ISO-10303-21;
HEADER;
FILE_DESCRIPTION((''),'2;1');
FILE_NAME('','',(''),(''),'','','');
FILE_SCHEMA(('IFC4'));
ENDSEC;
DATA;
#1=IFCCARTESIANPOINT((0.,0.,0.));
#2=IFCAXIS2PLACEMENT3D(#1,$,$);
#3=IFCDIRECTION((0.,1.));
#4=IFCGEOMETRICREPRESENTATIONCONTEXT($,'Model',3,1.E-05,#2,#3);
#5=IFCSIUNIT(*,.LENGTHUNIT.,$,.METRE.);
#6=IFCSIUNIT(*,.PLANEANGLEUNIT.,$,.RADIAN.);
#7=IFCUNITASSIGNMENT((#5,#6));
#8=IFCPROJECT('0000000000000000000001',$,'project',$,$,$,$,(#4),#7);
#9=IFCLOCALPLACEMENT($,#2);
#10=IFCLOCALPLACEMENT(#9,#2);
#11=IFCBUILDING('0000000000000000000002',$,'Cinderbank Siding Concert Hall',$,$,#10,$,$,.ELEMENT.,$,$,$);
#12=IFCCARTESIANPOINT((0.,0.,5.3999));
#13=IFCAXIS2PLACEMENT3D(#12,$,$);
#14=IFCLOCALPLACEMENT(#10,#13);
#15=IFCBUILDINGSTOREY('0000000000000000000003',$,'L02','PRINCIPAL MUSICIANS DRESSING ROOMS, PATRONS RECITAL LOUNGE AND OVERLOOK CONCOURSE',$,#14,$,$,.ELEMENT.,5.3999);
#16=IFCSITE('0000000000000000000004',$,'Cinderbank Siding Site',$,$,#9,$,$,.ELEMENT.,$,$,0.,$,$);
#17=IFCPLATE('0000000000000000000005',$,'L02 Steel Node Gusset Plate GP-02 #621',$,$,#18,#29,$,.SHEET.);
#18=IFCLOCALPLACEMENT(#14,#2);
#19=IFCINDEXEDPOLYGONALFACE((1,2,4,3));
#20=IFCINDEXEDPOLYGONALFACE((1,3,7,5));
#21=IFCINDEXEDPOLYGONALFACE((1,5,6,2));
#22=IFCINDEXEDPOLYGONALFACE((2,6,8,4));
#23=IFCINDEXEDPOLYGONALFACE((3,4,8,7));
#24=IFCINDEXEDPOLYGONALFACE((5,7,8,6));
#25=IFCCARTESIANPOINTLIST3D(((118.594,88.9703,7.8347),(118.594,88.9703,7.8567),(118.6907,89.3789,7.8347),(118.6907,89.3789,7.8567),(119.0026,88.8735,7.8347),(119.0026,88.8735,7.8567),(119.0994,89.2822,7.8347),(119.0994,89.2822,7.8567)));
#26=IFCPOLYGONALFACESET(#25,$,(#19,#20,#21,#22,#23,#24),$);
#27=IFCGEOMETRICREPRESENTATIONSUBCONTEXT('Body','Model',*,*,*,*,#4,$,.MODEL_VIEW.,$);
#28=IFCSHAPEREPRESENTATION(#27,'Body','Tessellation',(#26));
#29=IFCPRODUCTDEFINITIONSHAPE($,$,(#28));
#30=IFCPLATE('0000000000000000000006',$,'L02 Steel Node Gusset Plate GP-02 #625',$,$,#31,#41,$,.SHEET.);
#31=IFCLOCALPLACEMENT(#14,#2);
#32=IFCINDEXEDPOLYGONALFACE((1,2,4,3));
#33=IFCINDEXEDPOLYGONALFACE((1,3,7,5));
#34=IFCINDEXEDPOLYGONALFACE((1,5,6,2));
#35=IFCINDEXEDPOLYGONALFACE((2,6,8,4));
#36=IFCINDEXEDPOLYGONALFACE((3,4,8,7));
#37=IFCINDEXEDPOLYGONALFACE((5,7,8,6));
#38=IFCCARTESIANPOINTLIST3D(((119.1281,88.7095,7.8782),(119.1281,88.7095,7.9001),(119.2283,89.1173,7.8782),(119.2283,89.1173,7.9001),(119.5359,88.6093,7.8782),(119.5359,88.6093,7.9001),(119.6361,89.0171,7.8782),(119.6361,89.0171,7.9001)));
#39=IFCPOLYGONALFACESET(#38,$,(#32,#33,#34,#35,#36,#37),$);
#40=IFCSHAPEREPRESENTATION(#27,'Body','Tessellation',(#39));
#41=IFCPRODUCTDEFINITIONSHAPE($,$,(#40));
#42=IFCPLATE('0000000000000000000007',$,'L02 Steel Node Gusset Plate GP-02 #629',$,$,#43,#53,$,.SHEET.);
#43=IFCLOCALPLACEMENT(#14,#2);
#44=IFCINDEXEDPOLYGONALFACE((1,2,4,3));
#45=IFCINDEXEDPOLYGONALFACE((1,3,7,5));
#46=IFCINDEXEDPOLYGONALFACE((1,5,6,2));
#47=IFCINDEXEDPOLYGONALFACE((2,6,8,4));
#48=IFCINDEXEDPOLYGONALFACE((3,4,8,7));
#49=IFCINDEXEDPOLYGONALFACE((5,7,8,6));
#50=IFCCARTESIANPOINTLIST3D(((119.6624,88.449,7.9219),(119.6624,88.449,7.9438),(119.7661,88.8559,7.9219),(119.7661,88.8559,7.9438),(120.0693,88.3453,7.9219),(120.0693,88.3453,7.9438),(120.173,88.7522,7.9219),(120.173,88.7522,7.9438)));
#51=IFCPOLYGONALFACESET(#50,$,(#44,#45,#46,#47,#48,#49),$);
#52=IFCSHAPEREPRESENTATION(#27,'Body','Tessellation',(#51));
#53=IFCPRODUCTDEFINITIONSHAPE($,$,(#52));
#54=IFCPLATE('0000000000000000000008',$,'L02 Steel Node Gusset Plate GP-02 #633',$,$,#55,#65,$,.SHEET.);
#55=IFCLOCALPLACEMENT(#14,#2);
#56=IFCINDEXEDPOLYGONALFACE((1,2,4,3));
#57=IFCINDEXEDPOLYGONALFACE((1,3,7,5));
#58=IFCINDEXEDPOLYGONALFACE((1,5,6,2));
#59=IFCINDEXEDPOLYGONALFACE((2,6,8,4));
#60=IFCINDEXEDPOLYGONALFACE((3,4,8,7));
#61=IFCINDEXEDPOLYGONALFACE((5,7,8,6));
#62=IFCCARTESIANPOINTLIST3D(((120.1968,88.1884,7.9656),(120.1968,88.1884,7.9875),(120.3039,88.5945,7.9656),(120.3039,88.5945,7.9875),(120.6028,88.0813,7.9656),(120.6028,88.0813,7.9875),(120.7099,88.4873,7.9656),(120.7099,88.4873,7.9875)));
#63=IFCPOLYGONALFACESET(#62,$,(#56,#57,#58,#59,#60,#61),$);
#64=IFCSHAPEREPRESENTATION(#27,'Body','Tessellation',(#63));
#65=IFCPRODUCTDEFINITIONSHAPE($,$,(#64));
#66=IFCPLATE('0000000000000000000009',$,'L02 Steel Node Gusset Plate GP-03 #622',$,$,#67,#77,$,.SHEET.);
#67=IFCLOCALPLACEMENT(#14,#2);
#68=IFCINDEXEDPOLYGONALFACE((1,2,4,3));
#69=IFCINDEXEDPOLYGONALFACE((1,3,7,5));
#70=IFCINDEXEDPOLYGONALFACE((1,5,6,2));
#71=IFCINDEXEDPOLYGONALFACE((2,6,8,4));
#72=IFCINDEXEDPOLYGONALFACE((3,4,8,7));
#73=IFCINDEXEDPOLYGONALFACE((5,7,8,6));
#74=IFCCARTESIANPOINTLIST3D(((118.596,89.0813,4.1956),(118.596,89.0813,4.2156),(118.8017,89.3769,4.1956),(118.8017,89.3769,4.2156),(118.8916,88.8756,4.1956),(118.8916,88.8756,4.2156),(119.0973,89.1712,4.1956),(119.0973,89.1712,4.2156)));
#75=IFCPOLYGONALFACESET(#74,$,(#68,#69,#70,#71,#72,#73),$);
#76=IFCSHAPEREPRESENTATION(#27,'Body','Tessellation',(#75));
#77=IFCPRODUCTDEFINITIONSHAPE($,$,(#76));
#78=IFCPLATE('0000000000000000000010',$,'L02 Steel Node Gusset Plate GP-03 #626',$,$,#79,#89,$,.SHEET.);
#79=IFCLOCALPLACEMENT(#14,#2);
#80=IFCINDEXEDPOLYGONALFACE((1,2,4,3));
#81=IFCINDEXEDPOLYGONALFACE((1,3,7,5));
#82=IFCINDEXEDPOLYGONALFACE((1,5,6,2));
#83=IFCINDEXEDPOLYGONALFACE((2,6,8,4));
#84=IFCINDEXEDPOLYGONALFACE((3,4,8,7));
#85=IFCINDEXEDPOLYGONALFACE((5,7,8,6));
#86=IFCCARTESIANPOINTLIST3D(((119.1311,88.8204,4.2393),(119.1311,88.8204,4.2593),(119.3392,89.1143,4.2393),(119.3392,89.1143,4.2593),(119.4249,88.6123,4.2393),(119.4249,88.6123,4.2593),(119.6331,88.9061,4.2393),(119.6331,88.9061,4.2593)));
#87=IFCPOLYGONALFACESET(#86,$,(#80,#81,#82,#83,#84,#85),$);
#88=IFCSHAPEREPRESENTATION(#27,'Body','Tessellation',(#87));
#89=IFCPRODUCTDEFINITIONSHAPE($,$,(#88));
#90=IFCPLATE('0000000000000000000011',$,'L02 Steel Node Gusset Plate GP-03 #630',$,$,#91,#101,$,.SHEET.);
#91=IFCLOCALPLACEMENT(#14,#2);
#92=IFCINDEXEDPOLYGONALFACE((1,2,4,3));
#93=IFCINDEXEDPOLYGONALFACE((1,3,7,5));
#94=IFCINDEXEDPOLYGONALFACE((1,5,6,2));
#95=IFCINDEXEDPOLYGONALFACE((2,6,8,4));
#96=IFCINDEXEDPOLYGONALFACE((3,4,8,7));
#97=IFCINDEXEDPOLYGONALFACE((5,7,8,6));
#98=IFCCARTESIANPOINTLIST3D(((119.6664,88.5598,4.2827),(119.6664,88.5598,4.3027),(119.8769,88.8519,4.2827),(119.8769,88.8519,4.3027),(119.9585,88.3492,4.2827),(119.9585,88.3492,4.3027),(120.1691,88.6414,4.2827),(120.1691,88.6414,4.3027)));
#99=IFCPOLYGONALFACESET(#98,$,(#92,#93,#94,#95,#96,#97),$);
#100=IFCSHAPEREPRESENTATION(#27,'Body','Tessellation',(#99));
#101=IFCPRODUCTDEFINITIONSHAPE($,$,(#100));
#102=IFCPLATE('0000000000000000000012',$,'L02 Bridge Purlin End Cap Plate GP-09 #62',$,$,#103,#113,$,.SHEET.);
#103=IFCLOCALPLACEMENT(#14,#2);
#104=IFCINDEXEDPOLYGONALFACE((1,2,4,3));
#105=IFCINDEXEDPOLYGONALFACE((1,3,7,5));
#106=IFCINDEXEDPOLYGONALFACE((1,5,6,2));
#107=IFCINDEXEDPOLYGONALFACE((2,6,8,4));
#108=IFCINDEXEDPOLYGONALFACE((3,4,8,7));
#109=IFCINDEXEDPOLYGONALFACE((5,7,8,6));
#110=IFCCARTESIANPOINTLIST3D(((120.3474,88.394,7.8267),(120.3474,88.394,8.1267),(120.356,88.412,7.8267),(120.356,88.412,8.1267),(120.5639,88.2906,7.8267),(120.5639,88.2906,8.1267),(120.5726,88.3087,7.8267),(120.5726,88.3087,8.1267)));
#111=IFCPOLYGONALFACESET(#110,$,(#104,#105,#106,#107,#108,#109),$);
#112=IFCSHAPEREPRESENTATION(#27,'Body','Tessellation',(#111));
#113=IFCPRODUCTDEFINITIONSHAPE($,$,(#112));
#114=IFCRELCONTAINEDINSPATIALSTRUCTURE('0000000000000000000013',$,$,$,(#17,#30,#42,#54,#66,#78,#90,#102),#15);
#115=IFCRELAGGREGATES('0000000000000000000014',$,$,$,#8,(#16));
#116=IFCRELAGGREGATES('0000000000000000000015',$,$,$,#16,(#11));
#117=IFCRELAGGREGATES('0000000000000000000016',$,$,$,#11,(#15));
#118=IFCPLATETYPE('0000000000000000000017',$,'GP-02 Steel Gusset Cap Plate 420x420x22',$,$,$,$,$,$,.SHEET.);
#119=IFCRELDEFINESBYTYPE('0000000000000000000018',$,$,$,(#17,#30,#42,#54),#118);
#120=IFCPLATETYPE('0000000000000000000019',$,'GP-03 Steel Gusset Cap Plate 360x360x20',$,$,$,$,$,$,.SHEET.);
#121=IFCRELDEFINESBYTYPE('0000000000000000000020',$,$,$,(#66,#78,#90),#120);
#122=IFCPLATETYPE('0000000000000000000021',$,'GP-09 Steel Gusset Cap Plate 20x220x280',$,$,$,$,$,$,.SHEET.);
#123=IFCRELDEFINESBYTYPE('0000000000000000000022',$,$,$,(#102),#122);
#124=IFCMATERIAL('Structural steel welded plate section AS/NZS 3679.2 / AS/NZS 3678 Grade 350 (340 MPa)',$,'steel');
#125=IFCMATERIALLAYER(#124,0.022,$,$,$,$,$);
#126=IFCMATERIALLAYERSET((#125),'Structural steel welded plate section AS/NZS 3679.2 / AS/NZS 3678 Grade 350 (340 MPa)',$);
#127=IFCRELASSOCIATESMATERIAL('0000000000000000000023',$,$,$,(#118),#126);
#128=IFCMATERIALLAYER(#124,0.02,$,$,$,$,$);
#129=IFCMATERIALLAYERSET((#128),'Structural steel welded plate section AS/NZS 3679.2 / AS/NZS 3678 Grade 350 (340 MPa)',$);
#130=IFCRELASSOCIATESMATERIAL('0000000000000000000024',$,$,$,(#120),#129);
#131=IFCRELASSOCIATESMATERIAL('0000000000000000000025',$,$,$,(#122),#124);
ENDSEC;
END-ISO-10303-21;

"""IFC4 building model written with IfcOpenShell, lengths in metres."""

from ifc_helpers import new_model, si_unit, direction, frame, origin, origin_2d, place, context, subcontext, project, spatial, rectangle, extrude, material, layer, layer_set, type_object, element, save


model = new_model("IFC4")

# Units and contexts
model_context = context("Model", 3, precision=1e-05, world=origin(), true_north=direction((0.0, 1.0)))
body_context = subcontext(model_context, "Body", "Model", "MODEL_VIEW")
ifc_project = project(units=[si_unit("LENGTHUNIT", "METRE"), si_unit("PLANEANGLEUNIT", "RADIAN")], contexts=[model_context])

# Site, building, storey
site_placement = place(None, origin())
site = spatial("IfcSite", under=ifc_project, at=site_placement, Name="Cinderbank Siding Site", CompositionType="ELEMENT", RefElevation=0.0)
building_placement = place(site_placement, origin())
building = spatial("IfcBuilding", under=site, at=building_placement, Name="Cinderbank Siding Concert Hall", CompositionType="ELEMENT")
storey_placement = place(building_placement, frame((0.0, 0.0, 5.3999)))
storey = spatial("IfcBuildingStorey", under=building, at=storey_placement, Name="L02", Description="PRINCIPAL MUSICIANS DRESSING ROOMS, PATRONS RECITAL LOUNGE AND OVERLOOK CONCOURSE", CompositionType="ELEMENT", Elevation=5.3999)

# Shared definitions
ifc_material_1 = material(Name="Structural steel welded plate section AS/NZS 3679.2 / AS/NZS 3678 Grade 350 (340 MPa)", Category="steel")

# Plates
ifc_layer_1 = layer(ifc_material_1, 0.022)
ifc_layer_set_1 = layer_set([ifc_layer_1], Name="Structural steel welded plate section AS/NZS 3679.2 / AS/NZS 3678 Grade 350 (340 MPa)")
plate_type_1 = type_object("IfcPlateType", Name="GP-02 Steel Gusset Cap Plate 420x420x22", PredefinedType="SHEET", material=ifc_layer_set_1)
for number, where, z_axis, x_axis, name in (
    (1, (118.8467, 89.1262, 7.8347), (0.0, 0.0, 1.0), (-0.230389, -0.973099, 0.0), "L02 Steel Node Gusset Plate GP-02 #621"),
    (2, (119.3821, 88.8633, 7.8782), (0.0, 0.0, 1.0), (-0.238703, -0.971093, 0.0), "L02 Steel Node Gusset Plate GP-02 #625"),
    (3, (119.9177, 88.6006, 7.9219), (0.0, 0.0, 1.0), (-0.246999, -0.969016, 0.0), "L02 Steel Node Gusset Plate GP-02 #629"),
    (4, (120.4534, 88.3379, 7.9656), (0.0, 0.0, 1.0), (-0.255108, -0.966912, 0.0), "L02 Steel Node Gusset Plate GP-02 #633"),
):
    element("IfcPlate", number, at=place(storey_placement, frame(where, z_axis=z_axis, x_axis=x_axis)), inside=storey, type_object=plate_type_1, Name=name, PredefinedType="SHEET", context=body_context, shape_type="SweptSolid", body=[
        extrude(rectangle(XDim=0.4199, YDim=0.4199, at=origin_2d()), origin(), (0.0, 0.0, 1.0), 0.022),
    ])
ifc_layer_2 = layer(ifc_material_1, 0.02)
ifc_layer_set_2 = layer_set([ifc_layer_2], Name="Structural steel welded plate section AS/NZS 3679.2 / AS/NZS 3678 Grade 350 (340 MPa)")
plate_type_2 = type_object("IfcPlateType", Name="GP-03 Steel Gusset Cap Plate 360x360x20", PredefinedType="SHEET", material=ifc_layer_set_2)
for number, where, z_axis, x_axis, name in (
    (5, (118.8467, 89.1262, 4.1956), (0.0, 0.0, 1.0), (0.571143, 0.82085, 0.0), "L02 Steel Node Gusset Plate GP-03 #622"),
    (6, (119.3821, 88.8633, 4.2393), (0.0, 0.0, 1.0), (0.578, 0.816037, 0.0), "L02 Steel Node Gusset Plate GP-03 #626"),
    (7, (119.9177, 88.6006, 4.2827), (0.0, 0.0, 1.0), (0.584675, 0.811268, 0.0), "L02 Steel Node Gusset Plate GP-03 #630"),
):
    element("IfcPlate", number, at=place(storey_placement, frame(where, z_axis=z_axis, x_axis=x_axis)), inside=storey, type_object=plate_type_2, Name=name, PredefinedType="SHEET", context=body_context, shape_type="SweptSolid", body=[
        extrude(rectangle(XDim=0.3601, YDim=0.3601, at=origin_2d()), origin(), (0.0, 0.0, 1.0), 0.02),
    ])
plate_type_3 = type_object("IfcPlateType", Name="GP-09 Steel Gusset Cap Plate 20x220x280", PredefinedType="SHEET", material=ifc_material_1)
plate_1_placement = place(storey_placement, frame((120.46, 88.3513, 7.8267), z_axis=(0.0, 0.0, 1.0), x_axis=(0.430669, 0.90251, 0.0)))
element("IfcPlate", 8, at=plate_1_placement, inside=storey, type_object=plate_type_3, Name="L02 Bridge Purlin End Cap Plate GP-09 #62", PredefinedType="SHEET", context=body_context, shape_type="SweptSolid", body=[
    extrude(rectangle(XDim=0.02, YDim=0.24, at=origin_2d()), origin(), (0.0, 0.0, 1.0), 0.3),
])

save(model, "model.ifc")
